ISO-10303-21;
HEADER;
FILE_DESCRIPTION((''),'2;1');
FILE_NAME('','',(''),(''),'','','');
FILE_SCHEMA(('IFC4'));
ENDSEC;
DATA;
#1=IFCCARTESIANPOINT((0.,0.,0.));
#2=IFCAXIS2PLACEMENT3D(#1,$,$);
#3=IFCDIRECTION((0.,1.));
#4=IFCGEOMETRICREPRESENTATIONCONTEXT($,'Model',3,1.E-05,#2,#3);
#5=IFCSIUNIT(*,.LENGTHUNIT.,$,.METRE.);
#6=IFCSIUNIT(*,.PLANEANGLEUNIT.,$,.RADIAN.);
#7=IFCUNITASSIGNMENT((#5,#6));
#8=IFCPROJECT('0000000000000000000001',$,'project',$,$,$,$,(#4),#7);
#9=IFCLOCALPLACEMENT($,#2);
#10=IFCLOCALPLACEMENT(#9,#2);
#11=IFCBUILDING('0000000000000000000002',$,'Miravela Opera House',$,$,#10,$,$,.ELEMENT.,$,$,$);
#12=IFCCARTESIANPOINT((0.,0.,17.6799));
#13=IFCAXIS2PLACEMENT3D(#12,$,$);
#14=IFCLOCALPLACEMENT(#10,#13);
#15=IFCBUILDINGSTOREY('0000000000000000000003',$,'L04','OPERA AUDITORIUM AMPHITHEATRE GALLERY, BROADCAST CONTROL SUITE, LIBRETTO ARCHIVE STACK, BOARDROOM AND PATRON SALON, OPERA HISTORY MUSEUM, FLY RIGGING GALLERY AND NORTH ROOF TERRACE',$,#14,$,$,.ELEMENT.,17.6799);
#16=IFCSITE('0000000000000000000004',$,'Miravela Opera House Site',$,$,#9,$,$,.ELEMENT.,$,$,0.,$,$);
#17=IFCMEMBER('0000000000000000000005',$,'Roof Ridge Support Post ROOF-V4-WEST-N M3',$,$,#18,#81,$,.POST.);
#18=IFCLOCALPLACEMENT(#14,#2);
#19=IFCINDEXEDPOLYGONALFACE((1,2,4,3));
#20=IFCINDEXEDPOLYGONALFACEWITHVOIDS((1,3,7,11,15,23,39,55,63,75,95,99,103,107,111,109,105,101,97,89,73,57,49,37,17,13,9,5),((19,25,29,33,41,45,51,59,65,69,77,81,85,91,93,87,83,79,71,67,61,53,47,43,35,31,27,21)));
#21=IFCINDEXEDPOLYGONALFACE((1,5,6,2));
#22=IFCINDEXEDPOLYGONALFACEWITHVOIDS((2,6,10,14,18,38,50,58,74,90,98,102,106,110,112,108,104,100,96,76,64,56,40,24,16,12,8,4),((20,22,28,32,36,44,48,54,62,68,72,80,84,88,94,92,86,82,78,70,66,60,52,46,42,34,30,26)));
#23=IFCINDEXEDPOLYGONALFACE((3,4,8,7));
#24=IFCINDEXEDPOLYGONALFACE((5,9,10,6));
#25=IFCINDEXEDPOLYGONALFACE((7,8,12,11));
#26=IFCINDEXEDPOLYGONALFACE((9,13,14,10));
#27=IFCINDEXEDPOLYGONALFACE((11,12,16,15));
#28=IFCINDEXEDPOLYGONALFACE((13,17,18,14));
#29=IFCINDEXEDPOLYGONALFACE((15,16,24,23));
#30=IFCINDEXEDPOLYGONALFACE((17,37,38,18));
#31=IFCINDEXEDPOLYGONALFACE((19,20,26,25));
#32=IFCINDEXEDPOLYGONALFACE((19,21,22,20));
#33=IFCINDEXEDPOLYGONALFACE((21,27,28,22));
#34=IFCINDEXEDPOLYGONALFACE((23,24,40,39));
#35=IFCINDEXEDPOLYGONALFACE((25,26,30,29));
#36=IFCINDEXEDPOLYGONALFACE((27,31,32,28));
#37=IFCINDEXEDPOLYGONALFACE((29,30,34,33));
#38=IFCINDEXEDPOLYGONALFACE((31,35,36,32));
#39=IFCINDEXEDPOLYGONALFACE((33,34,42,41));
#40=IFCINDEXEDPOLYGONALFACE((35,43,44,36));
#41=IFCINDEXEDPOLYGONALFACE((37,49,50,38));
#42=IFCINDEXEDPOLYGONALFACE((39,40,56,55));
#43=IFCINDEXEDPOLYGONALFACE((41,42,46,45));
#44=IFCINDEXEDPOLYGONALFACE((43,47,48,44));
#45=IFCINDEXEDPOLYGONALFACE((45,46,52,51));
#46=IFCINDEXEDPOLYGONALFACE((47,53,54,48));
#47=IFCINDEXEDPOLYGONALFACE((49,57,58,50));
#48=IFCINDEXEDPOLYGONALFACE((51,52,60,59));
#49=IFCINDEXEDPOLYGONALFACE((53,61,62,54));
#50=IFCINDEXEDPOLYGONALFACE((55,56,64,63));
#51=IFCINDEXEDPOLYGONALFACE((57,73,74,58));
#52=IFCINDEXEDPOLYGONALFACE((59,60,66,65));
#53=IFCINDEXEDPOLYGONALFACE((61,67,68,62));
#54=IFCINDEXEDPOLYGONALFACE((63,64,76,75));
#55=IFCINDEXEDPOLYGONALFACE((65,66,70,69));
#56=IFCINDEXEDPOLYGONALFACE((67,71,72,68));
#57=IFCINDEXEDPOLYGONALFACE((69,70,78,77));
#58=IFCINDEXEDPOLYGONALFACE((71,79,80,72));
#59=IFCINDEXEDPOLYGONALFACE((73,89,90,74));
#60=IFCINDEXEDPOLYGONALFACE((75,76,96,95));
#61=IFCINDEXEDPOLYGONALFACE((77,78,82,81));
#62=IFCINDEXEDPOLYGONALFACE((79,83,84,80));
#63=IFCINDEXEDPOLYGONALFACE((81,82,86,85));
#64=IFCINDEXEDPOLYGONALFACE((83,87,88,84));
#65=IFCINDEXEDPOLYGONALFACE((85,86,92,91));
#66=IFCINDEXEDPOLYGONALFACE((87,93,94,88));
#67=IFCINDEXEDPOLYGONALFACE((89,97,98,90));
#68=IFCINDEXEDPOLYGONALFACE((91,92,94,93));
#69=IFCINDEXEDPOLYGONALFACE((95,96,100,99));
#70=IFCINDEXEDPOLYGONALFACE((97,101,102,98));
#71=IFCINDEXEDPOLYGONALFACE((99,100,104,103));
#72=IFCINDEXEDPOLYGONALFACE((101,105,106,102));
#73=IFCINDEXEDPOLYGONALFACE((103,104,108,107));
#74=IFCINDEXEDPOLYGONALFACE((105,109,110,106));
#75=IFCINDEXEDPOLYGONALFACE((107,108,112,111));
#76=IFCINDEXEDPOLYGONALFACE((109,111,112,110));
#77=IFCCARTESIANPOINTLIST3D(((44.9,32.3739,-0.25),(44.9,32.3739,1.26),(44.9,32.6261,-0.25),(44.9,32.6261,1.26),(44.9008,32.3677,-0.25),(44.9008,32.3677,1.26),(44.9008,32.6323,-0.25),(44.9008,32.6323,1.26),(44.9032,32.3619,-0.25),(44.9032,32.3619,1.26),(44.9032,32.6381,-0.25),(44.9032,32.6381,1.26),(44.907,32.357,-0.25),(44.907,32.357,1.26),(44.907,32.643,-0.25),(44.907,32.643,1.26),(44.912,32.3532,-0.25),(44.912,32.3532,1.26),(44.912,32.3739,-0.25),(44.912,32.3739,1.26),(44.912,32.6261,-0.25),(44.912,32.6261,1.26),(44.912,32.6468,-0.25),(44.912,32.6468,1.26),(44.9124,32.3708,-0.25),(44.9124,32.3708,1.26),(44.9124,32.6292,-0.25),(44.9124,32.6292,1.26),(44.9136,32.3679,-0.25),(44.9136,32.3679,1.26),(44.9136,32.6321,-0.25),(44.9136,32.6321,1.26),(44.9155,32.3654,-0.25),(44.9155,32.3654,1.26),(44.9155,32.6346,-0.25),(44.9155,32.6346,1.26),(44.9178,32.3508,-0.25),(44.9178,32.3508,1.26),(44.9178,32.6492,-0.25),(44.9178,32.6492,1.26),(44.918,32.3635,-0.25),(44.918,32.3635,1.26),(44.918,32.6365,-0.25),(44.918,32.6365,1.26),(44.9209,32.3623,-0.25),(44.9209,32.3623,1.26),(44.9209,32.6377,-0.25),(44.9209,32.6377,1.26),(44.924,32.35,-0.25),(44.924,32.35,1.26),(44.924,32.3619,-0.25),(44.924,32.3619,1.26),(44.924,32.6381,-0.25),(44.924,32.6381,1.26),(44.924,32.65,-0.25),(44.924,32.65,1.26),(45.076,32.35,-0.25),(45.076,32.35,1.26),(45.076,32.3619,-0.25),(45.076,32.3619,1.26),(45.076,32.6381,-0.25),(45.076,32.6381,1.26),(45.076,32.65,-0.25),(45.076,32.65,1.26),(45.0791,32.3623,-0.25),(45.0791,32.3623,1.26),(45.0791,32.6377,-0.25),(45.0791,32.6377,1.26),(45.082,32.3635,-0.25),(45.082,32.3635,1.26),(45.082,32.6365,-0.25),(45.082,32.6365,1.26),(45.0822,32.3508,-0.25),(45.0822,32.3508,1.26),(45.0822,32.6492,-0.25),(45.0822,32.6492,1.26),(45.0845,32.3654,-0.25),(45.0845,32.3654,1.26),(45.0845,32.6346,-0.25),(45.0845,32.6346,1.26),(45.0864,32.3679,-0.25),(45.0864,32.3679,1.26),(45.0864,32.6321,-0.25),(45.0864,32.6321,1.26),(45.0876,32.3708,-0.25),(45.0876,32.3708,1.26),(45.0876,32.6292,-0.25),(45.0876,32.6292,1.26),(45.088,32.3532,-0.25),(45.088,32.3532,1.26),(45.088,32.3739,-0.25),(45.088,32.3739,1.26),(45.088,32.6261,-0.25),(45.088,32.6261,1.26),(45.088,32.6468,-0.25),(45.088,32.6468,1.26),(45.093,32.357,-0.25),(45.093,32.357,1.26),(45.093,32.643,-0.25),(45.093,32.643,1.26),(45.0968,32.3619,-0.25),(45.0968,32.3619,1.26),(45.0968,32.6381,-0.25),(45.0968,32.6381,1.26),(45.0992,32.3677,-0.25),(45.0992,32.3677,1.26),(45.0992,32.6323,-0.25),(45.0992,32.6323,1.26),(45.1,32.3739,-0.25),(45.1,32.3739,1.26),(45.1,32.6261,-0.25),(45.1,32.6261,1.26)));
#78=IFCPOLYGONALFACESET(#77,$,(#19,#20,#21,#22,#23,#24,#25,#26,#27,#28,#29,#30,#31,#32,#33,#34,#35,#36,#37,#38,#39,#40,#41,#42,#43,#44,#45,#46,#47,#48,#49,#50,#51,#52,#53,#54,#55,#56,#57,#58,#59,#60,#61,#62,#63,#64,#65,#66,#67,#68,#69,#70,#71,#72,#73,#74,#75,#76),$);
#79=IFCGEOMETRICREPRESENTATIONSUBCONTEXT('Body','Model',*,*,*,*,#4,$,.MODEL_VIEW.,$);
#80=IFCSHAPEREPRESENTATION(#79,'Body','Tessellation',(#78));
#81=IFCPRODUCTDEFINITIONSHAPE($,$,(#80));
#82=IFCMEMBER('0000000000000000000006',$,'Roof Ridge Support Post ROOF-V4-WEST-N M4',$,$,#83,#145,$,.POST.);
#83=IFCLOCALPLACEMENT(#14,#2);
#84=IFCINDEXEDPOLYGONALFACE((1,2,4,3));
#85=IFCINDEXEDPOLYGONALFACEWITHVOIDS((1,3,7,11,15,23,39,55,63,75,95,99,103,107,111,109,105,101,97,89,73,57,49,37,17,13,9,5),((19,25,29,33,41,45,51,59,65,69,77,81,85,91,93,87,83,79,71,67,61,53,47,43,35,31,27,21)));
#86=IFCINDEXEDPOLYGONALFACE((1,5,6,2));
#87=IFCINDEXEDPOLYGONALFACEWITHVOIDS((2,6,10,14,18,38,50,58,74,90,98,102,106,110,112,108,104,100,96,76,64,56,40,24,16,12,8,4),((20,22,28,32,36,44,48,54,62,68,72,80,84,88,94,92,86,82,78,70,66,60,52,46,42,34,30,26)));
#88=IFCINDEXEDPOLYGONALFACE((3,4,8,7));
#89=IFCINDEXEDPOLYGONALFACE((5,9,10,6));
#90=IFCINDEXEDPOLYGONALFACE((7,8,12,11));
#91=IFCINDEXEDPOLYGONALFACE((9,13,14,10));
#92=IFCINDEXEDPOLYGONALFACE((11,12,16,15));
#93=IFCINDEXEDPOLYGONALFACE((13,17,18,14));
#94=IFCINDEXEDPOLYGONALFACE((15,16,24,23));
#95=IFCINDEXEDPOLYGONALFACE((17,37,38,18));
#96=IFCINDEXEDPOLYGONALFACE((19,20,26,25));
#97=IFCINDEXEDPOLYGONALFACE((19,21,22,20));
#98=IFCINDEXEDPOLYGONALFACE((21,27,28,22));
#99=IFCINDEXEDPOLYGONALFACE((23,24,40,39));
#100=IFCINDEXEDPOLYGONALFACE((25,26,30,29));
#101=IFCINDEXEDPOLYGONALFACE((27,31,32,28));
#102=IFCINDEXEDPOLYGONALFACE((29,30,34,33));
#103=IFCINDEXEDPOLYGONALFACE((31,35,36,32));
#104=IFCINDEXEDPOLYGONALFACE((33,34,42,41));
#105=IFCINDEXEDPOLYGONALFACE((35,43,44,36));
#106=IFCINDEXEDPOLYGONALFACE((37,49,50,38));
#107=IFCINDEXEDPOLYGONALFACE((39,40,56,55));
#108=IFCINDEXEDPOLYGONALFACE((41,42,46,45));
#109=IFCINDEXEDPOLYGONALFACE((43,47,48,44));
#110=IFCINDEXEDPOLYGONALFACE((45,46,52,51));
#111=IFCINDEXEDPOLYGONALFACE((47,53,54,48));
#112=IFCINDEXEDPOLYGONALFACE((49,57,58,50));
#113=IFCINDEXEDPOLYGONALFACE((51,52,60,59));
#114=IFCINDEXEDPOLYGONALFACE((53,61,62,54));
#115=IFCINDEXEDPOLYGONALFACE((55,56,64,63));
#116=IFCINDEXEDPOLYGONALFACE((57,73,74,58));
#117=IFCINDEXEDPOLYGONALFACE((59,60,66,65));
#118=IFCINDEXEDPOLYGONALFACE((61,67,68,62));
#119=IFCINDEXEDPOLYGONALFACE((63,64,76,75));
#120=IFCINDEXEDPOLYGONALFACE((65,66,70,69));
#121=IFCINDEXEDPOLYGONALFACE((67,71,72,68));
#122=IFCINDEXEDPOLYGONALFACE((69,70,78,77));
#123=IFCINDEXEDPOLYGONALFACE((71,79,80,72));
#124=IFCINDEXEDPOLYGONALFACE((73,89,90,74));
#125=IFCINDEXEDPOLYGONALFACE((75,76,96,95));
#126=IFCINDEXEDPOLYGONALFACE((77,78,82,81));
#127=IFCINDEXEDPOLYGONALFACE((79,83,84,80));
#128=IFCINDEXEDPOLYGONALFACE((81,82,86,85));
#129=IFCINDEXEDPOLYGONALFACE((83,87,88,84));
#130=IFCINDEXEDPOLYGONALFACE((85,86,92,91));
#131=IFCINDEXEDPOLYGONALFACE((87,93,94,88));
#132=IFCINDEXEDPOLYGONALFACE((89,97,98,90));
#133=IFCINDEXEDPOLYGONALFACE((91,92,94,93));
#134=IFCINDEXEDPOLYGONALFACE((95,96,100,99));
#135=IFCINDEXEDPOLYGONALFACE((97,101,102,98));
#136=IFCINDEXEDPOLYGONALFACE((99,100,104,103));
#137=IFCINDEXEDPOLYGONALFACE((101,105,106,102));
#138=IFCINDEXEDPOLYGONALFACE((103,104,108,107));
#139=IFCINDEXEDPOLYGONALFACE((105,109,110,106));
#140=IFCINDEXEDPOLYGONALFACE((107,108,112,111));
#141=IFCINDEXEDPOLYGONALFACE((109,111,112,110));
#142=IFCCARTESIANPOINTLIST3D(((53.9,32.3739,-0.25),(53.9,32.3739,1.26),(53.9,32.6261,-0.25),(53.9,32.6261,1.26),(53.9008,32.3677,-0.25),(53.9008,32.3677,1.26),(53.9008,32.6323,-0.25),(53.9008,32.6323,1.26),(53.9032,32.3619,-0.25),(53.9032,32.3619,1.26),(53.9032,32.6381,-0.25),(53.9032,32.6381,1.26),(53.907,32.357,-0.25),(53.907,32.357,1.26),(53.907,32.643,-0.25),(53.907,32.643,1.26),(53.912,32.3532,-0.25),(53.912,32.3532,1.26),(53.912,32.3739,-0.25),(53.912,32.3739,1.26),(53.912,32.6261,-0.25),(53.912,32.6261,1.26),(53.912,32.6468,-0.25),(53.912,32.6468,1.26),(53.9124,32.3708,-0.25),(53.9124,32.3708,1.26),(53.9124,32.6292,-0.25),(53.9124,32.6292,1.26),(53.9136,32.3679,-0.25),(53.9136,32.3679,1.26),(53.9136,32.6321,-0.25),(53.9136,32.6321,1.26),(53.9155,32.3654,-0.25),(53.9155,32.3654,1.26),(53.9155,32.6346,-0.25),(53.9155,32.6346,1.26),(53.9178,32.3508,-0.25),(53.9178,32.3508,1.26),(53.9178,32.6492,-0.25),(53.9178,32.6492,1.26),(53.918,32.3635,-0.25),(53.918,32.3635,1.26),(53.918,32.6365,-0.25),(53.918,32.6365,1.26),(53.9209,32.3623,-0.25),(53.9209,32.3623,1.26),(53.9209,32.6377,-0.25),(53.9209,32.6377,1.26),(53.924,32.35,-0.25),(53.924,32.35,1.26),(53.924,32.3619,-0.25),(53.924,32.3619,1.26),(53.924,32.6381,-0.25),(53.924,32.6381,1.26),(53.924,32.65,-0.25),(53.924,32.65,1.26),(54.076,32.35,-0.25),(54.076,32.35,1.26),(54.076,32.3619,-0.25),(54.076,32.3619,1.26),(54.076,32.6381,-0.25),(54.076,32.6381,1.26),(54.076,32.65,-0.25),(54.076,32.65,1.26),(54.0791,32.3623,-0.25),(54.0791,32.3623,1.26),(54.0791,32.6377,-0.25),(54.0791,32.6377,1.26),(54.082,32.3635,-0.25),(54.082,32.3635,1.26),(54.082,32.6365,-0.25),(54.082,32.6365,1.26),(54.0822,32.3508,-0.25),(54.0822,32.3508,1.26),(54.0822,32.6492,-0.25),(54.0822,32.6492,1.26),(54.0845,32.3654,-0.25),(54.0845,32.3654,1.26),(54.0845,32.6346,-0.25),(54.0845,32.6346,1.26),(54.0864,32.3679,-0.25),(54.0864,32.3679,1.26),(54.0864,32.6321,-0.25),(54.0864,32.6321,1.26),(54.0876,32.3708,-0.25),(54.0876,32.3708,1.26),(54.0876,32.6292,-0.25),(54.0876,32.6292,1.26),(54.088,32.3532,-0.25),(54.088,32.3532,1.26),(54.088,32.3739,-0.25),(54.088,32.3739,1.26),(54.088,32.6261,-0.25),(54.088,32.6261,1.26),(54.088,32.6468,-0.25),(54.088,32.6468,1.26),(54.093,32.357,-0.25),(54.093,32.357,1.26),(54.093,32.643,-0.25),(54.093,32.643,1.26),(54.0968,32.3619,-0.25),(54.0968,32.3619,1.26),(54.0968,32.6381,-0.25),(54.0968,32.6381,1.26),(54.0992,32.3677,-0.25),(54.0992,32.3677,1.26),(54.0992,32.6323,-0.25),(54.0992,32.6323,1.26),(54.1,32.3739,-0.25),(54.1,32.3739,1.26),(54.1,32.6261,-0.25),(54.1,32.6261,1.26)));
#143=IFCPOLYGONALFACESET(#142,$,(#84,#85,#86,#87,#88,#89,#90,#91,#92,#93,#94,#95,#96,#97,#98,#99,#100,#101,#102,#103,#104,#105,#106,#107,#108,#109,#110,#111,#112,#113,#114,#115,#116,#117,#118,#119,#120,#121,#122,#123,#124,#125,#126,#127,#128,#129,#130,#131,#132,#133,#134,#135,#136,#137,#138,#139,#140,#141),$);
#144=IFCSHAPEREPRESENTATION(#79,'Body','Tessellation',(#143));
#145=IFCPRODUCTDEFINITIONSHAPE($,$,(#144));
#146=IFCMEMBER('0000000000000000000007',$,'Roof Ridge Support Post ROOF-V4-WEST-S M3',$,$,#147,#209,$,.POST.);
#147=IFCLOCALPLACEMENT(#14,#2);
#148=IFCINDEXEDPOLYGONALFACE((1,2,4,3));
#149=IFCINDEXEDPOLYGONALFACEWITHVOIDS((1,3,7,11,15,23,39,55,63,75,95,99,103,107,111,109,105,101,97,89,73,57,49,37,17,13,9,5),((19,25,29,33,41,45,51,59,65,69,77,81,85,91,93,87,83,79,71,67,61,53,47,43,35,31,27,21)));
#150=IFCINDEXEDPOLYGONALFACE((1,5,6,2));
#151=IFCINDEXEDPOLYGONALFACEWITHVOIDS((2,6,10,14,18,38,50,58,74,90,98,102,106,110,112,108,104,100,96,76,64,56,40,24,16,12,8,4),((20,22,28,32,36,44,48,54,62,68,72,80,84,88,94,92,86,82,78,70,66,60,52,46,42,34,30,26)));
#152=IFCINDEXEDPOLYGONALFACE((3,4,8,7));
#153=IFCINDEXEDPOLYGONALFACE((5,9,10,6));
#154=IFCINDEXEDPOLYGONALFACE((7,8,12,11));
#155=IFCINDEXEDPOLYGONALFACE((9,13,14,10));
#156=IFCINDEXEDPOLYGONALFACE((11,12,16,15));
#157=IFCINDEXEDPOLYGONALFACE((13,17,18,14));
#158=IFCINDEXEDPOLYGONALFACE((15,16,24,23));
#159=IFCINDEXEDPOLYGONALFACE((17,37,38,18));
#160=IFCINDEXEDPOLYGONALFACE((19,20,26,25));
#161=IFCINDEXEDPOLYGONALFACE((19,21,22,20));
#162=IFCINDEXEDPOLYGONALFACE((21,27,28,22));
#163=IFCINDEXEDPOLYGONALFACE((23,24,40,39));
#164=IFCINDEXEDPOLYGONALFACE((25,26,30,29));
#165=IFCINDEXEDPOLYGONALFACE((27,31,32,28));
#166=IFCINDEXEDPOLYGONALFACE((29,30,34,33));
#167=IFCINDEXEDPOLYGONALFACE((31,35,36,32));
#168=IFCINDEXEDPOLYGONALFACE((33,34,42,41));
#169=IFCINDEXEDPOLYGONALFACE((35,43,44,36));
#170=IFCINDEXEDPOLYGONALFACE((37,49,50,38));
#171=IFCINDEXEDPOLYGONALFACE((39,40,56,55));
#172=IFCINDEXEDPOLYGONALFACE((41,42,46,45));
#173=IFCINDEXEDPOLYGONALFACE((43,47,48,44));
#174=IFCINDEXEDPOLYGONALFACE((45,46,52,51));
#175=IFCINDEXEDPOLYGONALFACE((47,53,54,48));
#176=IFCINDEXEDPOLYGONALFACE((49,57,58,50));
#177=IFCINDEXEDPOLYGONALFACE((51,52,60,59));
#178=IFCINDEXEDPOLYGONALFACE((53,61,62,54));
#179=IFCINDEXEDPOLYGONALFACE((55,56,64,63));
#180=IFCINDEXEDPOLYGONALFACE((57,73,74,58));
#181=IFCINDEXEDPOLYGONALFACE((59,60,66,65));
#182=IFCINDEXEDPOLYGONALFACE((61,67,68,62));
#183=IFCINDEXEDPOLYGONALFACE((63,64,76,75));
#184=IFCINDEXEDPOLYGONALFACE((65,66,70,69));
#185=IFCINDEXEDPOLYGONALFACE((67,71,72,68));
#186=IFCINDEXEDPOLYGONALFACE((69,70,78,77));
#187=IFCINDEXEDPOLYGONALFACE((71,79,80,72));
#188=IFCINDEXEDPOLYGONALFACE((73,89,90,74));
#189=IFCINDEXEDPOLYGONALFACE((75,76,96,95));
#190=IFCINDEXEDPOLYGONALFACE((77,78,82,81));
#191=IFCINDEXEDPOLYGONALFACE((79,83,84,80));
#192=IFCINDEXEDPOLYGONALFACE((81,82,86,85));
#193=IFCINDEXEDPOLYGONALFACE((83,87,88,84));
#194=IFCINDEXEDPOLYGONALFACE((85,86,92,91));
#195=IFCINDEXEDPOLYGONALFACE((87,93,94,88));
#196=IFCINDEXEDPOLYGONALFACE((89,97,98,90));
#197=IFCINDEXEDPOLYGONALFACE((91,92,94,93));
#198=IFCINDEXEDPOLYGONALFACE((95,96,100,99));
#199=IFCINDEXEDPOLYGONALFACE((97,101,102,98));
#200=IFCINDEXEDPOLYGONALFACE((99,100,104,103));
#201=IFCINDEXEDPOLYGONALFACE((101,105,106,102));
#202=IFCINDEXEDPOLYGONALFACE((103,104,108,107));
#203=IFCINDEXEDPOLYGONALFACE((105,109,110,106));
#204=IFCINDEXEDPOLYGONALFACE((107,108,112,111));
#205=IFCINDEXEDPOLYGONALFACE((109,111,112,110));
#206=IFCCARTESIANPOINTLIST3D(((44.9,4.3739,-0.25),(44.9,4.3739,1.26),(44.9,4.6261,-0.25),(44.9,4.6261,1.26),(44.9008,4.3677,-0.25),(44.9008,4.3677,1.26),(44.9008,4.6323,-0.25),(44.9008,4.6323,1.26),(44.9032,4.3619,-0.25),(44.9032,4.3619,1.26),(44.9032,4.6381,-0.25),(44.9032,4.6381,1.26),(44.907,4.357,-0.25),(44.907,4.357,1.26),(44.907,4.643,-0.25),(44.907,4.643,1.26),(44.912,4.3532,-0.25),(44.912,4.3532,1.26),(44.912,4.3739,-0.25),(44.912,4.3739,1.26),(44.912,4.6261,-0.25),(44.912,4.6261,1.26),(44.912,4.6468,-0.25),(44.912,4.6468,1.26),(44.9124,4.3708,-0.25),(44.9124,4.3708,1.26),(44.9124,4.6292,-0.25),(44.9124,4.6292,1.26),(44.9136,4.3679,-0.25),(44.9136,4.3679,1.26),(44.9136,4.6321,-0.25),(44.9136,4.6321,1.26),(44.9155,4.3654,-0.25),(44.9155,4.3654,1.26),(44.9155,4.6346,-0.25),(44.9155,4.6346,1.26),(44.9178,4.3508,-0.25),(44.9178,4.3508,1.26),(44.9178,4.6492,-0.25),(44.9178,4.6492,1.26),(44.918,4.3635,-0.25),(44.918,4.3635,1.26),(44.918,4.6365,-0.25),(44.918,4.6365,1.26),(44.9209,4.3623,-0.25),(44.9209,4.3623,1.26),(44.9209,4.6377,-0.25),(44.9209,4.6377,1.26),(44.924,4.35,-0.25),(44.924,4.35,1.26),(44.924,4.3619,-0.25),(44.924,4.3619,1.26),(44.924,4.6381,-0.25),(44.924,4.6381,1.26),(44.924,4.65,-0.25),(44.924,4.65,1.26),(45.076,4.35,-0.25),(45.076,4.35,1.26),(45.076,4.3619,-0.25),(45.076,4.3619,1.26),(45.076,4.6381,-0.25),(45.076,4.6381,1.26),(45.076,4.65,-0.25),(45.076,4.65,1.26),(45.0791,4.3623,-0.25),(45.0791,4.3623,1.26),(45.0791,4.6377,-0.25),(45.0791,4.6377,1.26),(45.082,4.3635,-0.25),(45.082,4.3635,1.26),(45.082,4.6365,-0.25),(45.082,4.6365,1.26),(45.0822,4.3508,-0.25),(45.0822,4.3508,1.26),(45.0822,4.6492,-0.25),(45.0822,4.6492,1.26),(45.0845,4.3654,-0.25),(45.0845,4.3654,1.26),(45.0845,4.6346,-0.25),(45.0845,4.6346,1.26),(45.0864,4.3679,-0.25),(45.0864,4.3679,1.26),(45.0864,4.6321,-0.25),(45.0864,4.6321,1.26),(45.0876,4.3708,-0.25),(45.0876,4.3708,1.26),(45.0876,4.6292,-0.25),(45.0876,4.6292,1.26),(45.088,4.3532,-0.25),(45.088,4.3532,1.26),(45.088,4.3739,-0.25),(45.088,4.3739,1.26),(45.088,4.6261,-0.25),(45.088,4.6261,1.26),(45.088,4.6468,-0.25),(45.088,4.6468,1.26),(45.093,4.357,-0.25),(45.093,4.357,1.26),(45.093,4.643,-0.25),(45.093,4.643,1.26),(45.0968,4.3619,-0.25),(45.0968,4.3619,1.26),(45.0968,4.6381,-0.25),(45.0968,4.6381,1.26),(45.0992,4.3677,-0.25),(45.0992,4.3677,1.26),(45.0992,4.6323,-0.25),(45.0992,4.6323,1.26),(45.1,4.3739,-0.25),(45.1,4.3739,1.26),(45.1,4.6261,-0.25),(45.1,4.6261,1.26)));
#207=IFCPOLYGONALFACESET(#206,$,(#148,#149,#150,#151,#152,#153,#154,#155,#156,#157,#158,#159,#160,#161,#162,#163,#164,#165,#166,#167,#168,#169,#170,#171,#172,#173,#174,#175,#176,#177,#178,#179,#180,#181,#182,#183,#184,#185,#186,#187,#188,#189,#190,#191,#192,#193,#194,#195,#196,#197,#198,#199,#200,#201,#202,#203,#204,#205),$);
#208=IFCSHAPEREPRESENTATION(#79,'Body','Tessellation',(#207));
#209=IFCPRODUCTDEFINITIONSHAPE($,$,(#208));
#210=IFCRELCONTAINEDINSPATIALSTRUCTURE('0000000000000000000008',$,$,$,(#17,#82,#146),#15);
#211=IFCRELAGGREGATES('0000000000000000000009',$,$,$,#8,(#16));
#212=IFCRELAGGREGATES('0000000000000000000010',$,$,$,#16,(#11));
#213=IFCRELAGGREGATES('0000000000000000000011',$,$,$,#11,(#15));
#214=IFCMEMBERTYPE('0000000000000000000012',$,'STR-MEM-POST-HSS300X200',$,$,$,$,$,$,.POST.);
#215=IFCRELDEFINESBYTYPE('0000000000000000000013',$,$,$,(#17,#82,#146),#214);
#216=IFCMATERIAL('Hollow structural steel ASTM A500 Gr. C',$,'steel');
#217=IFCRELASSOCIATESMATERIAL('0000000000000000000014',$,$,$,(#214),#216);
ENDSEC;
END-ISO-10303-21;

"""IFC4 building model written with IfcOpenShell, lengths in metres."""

from ifc_helpers import new_model, si_unit, direction, frame, origin, origin_2d, place, context, subcontext, project, spatial, hollow_rectangle, extrude, material, material_profile, profile_set, type_object, element, save


model = new_model("IFC4")

# Units and contexts
model_context = context("Model", 3, precision=1e-05, world=origin(), true_north=direction((0.0, 1.0)))
body_context = subcontext(model_context, "Body", "Model", "MODEL_VIEW")
ifc_project = project(units=[si_unit("LENGTHUNIT", "METRE"), si_unit("PLANEANGLEUNIT", "RADIAN")], contexts=[model_context])

# Site, building, storey
site_placement = place(None, origin())
site = spatial("IfcSite", under=ifc_project, at=site_placement, Name="Miravela Opera House Site", CompositionType="ELEMENT", RefElevation=0.0)
building_placement = place(site_placement, origin())
building = spatial("IfcBuilding", under=site, at=building_placement, Name="Miravela Opera House", CompositionType="ELEMENT")
storey_placement = place(building_placement, frame((0.0, 0.0, 17.6799)))
storey = spatial("IfcBuildingStorey", under=building, at=storey_placement, Name="L04", Description="OPERA AUDITORIUM AMPHITHEATRE GALLERY, BROADCAST CONTROL SUITE, LIBRETTO ARCHIVE STACK, BOARDROOM AND PATRON SALON, OPERA HISTORY MUSEUM, FLY RIGGING GALLERY AND NORTH ROOF TERRACE", CompositionType="ELEMENT", Elevation=17.6799)

# Members
ifc_material_1 = material(Name="Hollow structural steel ASTM A500 Gr. C", Category="steel")
ifc_material_profile_1 = material_profile(ifc_material_1, hollow_rectangle(XDim=0.2, YDim=0.3, WallThickness=0.012, InnerFilletRadius=0.012, OuterFilletRadius=0.0239, at=origin_2d()), Name="HSS300X200X12")
ifc_profile_set_1 = profile_set([ifc_material_profile_1])
member_type_1 = type_object("IfcMemberType", Name="STR-MEM-POST-HSS300X200", PredefinedType="POST", material=ifc_profile_set_1)
for number, where, z_axis, x_axis, name in (
    (1, (45.0, 32.5, -0.25), (0.0, 0.0, 1.0), (1.0, 0.0, 0.0), "Roof Ridge Support Post ROOF-V4-WEST-N M3"),
    (2, (54.0, 32.5, -0.25), (0.0, 0.0, 1.0), (1.0, 0.0, 0.0), "Roof Ridge Support Post ROOF-V4-WEST-N M4"),
    (3, (45.0, 4.5, -0.25), (0.0, 0.0, 1.0), (1.0, 0.0, 0.0), "Roof Ridge Support Post ROOF-V4-WEST-S M3"),
):
    element("IfcMember", number, at=place(storey_placement, frame(where, z_axis=z_axis, x_axis=x_axis)), inside=storey, type_object=member_type_1, Name=name, PredefinedType="POST", context=body_context, shape_type="SweptSolid", body=[
        extrude(hollow_rectangle(XDim=0.2, YDim=0.3, WallThickness=0.012, InnerFilletRadius=0.012, OuterFilletRadius=0.0239, at=origin_2d()), origin(), (0.0, 0.0, 1.0), 1.51),
    ])

save(model, "model.ifc")
